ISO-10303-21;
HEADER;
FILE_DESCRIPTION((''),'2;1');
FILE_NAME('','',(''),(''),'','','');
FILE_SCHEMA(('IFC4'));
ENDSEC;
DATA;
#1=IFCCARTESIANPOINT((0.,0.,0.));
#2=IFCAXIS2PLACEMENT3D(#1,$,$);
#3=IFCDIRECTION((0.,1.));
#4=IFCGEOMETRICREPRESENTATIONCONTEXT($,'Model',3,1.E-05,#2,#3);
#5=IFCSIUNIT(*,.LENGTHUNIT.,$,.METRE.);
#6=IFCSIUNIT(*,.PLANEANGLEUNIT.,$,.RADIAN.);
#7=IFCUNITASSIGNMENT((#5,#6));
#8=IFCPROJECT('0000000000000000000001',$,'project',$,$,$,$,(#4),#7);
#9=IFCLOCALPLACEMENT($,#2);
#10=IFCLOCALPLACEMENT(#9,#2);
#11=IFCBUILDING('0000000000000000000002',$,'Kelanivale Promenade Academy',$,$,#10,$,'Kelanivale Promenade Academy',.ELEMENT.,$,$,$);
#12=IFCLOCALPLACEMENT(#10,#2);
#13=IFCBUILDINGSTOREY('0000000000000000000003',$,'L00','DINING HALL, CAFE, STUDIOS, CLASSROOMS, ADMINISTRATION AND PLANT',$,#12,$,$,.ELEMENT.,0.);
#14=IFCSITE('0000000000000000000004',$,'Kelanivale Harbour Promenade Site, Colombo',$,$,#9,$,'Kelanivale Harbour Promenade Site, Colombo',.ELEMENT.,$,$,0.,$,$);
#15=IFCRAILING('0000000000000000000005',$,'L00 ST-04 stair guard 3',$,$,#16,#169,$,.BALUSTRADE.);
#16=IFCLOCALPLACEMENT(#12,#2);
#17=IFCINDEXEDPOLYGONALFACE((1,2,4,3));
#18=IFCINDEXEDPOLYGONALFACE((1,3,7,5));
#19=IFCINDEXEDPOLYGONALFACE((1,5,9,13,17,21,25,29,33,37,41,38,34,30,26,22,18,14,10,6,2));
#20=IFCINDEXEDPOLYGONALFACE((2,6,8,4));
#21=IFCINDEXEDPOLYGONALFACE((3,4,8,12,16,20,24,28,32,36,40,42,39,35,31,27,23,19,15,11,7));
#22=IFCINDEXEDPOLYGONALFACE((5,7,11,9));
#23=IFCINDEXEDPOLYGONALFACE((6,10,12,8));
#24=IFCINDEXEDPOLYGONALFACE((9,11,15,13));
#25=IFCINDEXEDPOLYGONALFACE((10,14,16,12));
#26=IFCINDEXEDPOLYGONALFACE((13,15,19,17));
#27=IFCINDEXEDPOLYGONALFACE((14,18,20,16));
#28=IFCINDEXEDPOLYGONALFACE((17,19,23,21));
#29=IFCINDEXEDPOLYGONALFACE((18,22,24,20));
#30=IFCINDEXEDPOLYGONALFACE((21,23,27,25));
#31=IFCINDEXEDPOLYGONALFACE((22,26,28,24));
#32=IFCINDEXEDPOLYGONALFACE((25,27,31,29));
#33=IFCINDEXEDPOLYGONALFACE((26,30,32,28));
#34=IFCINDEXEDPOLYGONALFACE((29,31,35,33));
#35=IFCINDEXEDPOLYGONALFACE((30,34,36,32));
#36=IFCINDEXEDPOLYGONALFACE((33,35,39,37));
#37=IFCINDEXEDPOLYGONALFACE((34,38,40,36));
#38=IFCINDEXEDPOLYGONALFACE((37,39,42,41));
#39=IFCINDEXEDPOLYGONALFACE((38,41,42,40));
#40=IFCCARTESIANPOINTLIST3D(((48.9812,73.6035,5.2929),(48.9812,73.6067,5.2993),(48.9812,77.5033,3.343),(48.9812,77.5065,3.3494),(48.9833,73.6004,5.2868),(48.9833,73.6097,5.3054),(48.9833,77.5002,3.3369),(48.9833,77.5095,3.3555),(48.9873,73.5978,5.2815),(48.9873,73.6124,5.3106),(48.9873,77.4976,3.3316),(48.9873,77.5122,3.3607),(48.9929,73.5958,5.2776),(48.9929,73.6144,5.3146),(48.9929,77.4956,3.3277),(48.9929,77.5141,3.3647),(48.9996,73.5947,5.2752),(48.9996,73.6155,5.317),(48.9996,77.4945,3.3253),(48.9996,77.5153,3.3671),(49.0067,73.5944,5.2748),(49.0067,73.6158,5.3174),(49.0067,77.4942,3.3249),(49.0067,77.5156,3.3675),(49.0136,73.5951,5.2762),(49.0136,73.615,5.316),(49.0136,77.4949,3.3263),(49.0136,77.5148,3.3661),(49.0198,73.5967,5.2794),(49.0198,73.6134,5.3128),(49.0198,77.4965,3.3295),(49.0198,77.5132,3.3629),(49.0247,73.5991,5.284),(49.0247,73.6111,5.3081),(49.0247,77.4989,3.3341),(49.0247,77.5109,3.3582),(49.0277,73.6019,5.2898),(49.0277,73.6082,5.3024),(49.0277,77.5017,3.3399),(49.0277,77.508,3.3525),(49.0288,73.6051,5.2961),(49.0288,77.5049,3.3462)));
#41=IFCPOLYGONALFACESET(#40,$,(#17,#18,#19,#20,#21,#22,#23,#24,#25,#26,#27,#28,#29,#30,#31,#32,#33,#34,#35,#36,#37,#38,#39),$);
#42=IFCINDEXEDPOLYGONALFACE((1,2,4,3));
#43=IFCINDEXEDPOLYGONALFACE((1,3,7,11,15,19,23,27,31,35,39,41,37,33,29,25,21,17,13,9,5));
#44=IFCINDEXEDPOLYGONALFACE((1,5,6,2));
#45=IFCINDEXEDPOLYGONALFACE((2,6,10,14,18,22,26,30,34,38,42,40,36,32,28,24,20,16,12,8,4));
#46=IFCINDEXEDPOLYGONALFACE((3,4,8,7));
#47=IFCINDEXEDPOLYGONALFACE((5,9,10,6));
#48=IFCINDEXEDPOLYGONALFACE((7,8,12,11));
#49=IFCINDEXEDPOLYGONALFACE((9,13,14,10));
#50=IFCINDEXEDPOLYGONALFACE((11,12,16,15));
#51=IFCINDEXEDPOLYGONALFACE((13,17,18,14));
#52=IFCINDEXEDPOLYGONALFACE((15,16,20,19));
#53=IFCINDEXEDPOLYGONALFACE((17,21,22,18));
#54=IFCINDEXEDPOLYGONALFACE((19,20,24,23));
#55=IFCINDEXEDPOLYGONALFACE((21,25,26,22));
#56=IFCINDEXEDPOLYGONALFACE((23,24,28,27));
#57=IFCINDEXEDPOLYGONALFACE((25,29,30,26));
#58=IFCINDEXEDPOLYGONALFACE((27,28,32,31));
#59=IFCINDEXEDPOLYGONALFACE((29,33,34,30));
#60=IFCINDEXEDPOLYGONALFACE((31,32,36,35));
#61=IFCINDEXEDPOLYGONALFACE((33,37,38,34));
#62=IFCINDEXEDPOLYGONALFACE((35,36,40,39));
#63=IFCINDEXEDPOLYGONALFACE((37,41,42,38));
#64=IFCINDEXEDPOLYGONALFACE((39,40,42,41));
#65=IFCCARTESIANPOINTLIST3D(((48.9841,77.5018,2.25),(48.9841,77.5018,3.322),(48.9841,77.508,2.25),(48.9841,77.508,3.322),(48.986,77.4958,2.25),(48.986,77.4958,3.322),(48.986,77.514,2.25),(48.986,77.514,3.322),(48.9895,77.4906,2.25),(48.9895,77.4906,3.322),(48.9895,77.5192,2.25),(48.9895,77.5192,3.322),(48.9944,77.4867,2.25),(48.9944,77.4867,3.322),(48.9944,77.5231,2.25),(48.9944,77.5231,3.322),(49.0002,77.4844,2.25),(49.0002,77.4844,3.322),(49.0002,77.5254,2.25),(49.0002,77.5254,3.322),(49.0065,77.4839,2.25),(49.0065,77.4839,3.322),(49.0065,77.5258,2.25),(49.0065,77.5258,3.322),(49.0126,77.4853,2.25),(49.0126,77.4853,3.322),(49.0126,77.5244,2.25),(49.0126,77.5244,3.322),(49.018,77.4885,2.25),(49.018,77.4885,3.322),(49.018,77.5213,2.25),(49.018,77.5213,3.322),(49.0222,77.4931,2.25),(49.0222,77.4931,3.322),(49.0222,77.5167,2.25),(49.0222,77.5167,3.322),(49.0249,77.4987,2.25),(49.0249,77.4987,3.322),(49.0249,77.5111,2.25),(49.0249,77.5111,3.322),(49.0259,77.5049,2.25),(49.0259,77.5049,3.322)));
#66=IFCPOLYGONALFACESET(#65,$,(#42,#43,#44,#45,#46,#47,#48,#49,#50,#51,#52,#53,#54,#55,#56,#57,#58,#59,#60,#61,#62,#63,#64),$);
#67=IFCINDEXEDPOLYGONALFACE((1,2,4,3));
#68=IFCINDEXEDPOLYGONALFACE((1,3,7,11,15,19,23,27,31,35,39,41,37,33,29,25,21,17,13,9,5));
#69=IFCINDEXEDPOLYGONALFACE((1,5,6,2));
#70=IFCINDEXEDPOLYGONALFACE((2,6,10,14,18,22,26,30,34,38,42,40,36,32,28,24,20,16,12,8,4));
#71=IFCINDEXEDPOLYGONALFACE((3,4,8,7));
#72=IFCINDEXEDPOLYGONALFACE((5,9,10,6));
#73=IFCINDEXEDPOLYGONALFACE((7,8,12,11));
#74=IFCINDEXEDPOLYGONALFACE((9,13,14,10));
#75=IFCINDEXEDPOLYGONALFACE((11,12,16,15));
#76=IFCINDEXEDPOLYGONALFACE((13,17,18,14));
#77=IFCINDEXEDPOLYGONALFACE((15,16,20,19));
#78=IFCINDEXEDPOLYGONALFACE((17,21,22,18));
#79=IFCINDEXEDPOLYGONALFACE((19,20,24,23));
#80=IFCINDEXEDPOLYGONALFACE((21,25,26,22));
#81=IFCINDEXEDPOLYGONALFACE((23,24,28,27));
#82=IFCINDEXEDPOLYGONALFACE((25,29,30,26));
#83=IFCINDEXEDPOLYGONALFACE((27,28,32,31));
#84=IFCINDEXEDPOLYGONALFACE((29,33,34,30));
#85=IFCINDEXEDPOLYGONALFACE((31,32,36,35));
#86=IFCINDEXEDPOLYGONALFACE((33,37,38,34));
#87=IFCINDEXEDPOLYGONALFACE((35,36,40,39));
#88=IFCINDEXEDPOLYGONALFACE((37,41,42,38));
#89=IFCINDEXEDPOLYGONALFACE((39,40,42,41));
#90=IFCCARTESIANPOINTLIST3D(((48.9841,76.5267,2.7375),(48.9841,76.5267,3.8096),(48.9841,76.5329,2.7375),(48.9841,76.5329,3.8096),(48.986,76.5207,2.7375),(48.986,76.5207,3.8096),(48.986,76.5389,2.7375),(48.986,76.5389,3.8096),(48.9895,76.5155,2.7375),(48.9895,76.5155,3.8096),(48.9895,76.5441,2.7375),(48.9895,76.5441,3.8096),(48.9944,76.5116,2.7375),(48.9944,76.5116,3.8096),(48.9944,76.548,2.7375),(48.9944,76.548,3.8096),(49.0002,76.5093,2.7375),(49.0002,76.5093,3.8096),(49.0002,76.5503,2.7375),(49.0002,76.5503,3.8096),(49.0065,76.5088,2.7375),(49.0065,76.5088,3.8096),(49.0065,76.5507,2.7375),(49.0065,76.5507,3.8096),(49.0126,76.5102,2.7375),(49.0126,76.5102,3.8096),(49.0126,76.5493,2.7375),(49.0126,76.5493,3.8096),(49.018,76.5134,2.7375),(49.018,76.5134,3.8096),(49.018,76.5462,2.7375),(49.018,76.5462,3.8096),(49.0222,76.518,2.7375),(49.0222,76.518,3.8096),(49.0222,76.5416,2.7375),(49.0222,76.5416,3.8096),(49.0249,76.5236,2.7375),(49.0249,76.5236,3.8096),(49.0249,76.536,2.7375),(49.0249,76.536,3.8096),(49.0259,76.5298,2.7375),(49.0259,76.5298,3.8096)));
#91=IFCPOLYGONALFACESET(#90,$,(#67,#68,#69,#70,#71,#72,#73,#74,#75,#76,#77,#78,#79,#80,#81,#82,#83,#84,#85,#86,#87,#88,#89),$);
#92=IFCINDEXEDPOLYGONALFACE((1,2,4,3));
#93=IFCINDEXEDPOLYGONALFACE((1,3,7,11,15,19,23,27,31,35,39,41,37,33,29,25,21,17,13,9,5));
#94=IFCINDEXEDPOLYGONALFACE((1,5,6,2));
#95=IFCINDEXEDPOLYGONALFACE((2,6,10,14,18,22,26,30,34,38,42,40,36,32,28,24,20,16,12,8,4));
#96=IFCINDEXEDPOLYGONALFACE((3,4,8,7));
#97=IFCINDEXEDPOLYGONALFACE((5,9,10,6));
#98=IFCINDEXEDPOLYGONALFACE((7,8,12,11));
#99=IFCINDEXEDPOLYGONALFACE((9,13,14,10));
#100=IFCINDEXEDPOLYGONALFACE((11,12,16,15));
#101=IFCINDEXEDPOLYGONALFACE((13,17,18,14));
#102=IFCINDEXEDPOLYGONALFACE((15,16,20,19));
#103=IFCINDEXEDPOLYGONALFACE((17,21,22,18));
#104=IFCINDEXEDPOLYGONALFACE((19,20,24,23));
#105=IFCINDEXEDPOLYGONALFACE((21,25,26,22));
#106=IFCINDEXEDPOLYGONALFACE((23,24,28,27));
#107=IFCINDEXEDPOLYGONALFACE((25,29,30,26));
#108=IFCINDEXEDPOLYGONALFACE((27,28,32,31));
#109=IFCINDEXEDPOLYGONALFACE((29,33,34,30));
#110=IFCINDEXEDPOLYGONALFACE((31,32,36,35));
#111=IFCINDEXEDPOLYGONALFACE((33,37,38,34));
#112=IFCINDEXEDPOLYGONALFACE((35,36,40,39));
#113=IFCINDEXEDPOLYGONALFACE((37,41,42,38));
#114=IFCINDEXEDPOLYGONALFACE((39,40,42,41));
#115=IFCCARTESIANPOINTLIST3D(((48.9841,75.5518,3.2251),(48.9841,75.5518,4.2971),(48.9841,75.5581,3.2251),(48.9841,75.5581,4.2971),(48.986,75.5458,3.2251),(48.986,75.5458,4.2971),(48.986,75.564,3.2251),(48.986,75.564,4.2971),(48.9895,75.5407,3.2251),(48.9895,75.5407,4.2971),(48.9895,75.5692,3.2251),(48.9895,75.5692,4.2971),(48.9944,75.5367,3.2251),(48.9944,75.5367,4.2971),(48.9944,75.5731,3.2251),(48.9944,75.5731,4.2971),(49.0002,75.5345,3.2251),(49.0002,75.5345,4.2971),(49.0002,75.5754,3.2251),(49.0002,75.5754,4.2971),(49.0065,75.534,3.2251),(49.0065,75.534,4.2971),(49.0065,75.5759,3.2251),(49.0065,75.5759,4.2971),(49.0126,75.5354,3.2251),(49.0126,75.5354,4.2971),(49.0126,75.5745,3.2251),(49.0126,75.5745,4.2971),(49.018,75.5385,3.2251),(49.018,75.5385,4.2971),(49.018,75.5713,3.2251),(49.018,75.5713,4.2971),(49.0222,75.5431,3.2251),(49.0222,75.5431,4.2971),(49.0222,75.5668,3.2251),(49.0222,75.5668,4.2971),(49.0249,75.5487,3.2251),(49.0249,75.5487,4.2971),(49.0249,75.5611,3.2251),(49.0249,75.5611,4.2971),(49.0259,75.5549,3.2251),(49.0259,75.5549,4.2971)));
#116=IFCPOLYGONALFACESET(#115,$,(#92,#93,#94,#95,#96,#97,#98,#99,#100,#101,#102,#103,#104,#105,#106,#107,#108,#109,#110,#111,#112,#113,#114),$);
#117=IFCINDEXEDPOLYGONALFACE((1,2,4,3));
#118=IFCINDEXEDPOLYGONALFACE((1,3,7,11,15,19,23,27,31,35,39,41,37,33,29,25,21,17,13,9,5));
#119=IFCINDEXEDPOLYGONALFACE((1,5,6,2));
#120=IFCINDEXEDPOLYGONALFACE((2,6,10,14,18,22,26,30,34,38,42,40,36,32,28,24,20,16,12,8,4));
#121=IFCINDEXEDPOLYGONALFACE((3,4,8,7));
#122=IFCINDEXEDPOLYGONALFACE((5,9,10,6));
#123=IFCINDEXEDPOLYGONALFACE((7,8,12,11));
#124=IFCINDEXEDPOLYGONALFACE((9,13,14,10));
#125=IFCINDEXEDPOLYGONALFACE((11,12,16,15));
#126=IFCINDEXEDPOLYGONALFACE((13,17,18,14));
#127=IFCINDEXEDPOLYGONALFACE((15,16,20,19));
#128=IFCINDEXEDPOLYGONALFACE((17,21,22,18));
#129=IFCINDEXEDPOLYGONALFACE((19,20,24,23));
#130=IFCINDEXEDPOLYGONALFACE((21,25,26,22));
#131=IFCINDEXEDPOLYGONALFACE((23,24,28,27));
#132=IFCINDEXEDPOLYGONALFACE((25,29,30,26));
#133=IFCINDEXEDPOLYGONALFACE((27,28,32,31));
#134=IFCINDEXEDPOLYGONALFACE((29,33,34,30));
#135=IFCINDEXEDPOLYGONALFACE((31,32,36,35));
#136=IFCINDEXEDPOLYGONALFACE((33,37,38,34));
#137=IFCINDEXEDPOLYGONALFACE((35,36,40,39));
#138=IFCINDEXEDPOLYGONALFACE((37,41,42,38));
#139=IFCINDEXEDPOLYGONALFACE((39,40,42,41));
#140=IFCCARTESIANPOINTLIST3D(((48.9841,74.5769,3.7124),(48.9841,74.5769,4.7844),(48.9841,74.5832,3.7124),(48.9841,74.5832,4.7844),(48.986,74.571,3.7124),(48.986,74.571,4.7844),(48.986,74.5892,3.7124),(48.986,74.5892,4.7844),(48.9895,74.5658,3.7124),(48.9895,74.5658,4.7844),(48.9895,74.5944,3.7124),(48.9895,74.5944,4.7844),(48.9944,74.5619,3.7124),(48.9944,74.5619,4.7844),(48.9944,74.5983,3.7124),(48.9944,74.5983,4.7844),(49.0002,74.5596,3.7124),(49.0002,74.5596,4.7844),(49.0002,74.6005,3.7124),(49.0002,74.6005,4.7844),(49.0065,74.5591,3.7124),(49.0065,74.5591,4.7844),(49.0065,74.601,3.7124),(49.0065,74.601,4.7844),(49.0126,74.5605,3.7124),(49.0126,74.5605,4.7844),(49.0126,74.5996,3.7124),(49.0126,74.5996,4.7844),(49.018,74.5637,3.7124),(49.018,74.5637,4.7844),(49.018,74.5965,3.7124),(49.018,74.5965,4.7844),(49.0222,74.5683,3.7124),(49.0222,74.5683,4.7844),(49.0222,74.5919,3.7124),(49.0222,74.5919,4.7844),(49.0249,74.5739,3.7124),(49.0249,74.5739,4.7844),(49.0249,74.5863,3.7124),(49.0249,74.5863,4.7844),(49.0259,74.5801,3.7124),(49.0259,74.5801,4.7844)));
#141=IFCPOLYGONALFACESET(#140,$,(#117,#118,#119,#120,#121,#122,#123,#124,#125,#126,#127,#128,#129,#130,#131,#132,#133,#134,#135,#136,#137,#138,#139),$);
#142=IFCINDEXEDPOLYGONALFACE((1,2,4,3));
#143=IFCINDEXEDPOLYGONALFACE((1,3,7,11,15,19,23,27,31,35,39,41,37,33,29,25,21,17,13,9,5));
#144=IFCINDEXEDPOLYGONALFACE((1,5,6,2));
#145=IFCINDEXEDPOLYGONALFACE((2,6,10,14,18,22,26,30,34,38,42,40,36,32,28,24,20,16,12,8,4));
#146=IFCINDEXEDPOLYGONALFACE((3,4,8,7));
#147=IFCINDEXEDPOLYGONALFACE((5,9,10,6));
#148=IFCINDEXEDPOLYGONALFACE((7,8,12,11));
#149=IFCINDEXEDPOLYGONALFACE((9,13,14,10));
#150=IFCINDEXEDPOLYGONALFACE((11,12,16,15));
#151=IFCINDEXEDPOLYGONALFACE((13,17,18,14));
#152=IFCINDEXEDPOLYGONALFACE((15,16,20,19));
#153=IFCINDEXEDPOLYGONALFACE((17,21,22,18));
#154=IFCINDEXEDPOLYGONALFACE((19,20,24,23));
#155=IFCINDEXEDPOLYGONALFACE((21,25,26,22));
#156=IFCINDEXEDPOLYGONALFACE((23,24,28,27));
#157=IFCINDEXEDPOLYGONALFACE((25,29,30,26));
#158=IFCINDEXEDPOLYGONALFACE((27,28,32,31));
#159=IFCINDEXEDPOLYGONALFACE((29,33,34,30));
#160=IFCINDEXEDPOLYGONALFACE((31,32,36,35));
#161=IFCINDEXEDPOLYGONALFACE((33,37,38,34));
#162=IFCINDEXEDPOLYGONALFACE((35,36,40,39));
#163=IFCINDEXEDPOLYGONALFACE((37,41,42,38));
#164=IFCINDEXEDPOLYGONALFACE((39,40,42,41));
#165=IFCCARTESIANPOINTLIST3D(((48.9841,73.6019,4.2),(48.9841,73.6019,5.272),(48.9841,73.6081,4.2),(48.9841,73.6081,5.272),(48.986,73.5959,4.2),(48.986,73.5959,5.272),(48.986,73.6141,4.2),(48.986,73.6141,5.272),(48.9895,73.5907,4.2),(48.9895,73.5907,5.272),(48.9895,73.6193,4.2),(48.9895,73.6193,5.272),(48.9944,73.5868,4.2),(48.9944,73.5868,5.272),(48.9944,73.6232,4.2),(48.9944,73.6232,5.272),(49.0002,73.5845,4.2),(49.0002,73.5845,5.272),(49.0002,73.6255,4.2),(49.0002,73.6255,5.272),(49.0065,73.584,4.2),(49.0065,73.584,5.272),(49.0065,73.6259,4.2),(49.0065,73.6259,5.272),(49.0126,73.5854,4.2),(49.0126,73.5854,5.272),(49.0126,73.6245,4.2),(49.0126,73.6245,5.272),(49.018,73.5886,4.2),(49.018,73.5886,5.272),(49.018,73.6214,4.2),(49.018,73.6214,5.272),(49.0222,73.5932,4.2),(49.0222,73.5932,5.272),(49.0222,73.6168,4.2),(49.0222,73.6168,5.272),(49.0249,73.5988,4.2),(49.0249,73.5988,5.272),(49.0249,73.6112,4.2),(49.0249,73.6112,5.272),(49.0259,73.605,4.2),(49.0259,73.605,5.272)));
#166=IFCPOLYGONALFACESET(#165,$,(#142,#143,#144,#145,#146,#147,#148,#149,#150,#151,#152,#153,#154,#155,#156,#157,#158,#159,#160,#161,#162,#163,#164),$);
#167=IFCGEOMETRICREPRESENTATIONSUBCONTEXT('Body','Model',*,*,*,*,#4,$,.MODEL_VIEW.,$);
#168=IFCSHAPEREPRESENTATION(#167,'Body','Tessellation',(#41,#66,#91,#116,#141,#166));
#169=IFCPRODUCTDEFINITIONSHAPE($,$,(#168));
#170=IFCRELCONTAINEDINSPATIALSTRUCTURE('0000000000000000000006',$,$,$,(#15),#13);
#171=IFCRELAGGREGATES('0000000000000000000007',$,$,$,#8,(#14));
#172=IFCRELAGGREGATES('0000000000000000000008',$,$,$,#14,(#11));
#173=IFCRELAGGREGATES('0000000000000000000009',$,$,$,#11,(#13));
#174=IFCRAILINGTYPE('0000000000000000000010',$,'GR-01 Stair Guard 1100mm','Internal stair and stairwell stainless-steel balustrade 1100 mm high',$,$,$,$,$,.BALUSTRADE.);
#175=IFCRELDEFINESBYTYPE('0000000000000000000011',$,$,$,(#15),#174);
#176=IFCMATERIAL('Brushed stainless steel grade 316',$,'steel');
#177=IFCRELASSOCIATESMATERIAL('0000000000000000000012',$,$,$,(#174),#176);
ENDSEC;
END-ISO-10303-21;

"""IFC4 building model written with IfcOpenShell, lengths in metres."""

from ifc_helpers import new_model, si_unit, direction, frame, origin, origin_2d, place, context, subcontext, project, spatial, circle, extrude, material, type_object, element, save


model = new_model("IFC4")

# Units and contexts
model_context = context("Model", 3, precision=1e-05, world=origin(), true_north=direction((0.0, 1.0)))
body_context = subcontext(model_context, "Body", "Model", "MODEL_VIEW")
ifc_project = project(units=[si_unit("LENGTHUNIT", "METRE"), si_unit("PLANEANGLEUNIT", "RADIAN")], contexts=[model_context])

# Site, building, storey
site_placement = place(None, origin())
site = spatial("IfcSite", under=ifc_project, at=site_placement, Name="Kelanivale Harbour Promenade Site, Colombo", LongName="Kelanivale Harbour Promenade Site, Colombo", CompositionType="ELEMENT", RefElevation=0.0)
building_placement = place(site_placement, origin())
building = spatial("IfcBuilding", under=site, at=building_placement, Name="Kelanivale Promenade Academy", LongName="Kelanivale Promenade Academy", CompositionType="ELEMENT")
storey_placement = place(building_placement, origin())
storey = spatial("IfcBuildingStorey", under=building, at=storey_placement, Name="L00", Description="DINING HALL, CAFE, STUDIOS, CLASSROOMS, ADMINISTRATION AND PLANT", CompositionType="ELEMENT", Elevation=0.0)

# Railing
ifc_material_1 = material(Name="Brushed stainless steel grade 316", Category="steel")
railing_type_1 = type_object("IfcRailingType", Name="GR-01 Stair Guard 1100mm", Description="Internal stair and stairwell stainless-steel balustrade 1100 mm high", PredefinedType="BALUSTRADE", material=ifc_material_1)
railing_1_placement = place(storey_placement, frame((49.0049, 77.5049, 2.25)))
element("IfcRailing", 1, at=railing_1_placement, inside=storey, type_object=railing_type_1, Name="L00 ST-04 stair guard 3", PredefinedType="BALUSTRADE", context=body_context, shape_type="SweptSolid", body=[
    extrude(circle(Radius=0.0239, at=origin_2d()), frame((0.0, 0.0, 1.0962), z_axis=(0.0, -0.894427, 0.447214), x_axis=(1.0, 0.0, 0.0)), (0.0, 0.0, 1.0), 4.3601),
    extrude(circle(Radius=0.021, at=origin_2d()), origin(), (0.0, 0.0, 1.0), 1.072),
    extrude(circle(Radius=0.021, at=origin_2d()), frame((0.0, -0.9751, 0.4875)), (0.0, 0.0, 1.0), 1.072),
    extrude(circle(Radius=0.021, at=origin_2d()), frame((0.0, -1.95, 0.9751)), (0.0, 0.0, 1.0), 1.072),
    extrude(circle(Radius=0.021, at=origin_2d()), frame((0.0, -2.9248, 1.4624)), (0.0, 0.0, 1.0), 1.072),
    extrude(circle(Radius=0.021, at=origin_2d()), frame((0.0, -3.8999, 1.95)), (0.0, 0.0, 1.0), 1.072),
])

save(model, "model.ifc")
